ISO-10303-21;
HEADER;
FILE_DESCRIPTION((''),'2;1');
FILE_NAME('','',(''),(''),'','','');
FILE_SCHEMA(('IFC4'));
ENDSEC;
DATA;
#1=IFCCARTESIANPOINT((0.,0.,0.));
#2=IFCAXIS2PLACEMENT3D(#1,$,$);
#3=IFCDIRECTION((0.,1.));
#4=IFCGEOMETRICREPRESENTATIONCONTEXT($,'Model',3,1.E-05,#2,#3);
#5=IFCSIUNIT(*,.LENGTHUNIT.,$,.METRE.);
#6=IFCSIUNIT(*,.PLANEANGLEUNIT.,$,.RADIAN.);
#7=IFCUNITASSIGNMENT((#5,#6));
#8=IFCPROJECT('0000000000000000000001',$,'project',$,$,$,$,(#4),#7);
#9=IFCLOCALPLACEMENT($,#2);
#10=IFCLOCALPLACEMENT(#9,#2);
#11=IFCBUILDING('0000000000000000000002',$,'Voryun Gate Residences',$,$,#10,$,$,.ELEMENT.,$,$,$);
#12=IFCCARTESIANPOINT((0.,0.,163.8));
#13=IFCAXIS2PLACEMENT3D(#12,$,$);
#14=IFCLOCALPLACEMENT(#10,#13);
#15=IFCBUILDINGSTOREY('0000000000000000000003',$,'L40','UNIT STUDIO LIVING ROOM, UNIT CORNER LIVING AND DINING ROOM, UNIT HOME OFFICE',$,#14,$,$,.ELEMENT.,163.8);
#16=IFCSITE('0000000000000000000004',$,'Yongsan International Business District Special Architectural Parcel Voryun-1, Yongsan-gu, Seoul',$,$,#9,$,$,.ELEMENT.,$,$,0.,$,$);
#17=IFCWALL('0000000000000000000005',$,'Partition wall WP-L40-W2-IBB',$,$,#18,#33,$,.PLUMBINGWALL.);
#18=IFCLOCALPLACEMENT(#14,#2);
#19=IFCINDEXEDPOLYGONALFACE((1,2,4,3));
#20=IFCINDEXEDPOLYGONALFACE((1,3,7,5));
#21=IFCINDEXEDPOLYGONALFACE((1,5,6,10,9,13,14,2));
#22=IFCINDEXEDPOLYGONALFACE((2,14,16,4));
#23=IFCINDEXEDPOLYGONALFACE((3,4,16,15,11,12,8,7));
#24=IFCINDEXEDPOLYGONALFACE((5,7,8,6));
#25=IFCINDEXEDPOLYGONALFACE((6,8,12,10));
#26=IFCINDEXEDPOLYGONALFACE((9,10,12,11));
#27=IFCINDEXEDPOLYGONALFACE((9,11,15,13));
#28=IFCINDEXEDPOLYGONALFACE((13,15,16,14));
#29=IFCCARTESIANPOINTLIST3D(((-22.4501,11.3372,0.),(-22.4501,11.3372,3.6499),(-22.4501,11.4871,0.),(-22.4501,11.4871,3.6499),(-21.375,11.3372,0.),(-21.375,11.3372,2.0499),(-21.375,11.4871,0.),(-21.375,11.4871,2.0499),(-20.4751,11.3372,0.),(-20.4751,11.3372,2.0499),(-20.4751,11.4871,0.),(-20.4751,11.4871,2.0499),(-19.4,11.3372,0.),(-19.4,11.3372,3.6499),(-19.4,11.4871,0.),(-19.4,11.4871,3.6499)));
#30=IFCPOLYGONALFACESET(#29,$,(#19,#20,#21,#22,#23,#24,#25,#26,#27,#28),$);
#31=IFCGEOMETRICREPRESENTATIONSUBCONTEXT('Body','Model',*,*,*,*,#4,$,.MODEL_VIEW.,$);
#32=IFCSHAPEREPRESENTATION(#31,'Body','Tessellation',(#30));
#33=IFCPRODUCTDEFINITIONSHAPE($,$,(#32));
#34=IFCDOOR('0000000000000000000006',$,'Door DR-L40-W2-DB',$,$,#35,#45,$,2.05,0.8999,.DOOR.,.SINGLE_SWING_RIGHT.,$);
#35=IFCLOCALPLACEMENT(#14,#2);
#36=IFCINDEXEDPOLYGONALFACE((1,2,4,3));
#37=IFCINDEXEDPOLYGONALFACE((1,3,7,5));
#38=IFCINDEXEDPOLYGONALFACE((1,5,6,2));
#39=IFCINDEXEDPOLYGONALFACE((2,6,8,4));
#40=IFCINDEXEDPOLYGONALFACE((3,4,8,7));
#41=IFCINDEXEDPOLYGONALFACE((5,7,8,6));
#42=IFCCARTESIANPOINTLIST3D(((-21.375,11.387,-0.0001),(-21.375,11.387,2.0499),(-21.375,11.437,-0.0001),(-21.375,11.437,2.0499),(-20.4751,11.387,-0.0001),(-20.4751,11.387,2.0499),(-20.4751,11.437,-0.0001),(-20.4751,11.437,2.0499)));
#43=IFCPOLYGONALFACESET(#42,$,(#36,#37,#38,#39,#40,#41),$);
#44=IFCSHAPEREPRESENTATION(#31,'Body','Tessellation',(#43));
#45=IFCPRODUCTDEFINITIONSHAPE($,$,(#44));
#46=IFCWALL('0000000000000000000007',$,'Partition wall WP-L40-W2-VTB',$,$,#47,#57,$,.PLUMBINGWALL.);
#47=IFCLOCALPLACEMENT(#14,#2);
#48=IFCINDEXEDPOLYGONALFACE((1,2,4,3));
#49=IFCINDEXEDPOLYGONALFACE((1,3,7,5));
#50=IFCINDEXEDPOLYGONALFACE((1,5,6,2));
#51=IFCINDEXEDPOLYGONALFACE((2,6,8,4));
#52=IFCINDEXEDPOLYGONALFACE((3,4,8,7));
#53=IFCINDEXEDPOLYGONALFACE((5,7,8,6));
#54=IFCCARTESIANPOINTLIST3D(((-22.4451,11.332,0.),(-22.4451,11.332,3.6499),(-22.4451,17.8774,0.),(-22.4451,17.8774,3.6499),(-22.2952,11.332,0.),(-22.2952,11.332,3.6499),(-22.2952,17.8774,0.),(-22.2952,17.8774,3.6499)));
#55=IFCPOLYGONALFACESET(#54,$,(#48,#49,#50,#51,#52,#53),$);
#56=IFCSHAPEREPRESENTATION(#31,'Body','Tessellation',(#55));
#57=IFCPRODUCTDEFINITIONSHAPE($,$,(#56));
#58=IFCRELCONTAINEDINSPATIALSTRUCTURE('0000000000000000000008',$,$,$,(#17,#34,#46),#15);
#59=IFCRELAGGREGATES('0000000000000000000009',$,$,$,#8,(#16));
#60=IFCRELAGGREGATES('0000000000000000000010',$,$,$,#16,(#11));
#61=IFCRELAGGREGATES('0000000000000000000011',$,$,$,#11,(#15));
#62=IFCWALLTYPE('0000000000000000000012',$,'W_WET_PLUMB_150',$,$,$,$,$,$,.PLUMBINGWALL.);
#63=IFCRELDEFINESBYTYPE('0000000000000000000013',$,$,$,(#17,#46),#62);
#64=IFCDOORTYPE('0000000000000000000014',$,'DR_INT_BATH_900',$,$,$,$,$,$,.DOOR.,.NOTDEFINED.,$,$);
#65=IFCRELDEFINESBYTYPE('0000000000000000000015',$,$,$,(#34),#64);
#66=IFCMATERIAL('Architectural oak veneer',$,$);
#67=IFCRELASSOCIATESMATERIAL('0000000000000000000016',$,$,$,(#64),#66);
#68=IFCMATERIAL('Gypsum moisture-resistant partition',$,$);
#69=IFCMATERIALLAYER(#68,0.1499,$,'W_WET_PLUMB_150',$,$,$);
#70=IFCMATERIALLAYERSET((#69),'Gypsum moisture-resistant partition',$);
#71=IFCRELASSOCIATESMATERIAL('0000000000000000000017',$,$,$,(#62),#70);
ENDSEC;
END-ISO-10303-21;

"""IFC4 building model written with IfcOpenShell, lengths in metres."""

from ifc_helpers import new_model, si_unit, direction, frame, frame_2d, origin, place, context, subcontext, project, spatial, rectangle, extrude, material, layer, layer_set, type_object, element, fill, save


model = new_model("IFC4")

# Units and contexts
model_context = context("Model", 3, precision=1e-05, world=origin(), true_north=direction((0.0, 1.0)))
body_context = subcontext(model_context, "Body", "Model", "MODEL_VIEW")
ifc_project = project(units=[si_unit("LENGTHUNIT", "METRE"), si_unit("PLANEANGLEUNIT", "RADIAN")], contexts=[model_context])

# Site, building, storey
site_placement = place(None, origin())
site = spatial("IfcSite", under=ifc_project, at=site_placement, Name="Yongsan International Business District Special Architectural Parcel Voryun-1, Yongsan-gu, Seoul", CompositionType="ELEMENT", RefElevation=0.0)
building_placement = place(site_placement, origin())
building = spatial("IfcBuilding", under=site, at=building_placement, Name="Voryun Gate Residences", CompositionType="ELEMENT")
storey_placement = place(building_placement, frame((0.0, 0.0, 163.8)))
storey = spatial("IfcBuildingStorey", under=building, at=storey_placement, Name="L40", Description="UNIT STUDIO LIVING ROOM, UNIT CORNER LIVING AND DINING ROOM, UNIT HOME OFFICE", CompositionType="ELEMENT", Elevation=163.8)

# Shared definitions
ifc_material_1 = material(Name="Architectural oak veneer")
door_type_1 = type_object("IfcDoorType", Name="DR_INT_BATH_900", OperationType="NOTDEFINED", PredefinedType="DOOR", material=ifc_material_1)

# Shared definitions
ifc_material_2 = material(Name="Gypsum moisture-resistant partition")
ifc_layer_1 = layer(ifc_material_2, 0.1499, Name="W_WET_PLUMB_150")
ifc_layer_set_1 = layer_set([ifc_layer_1], Name="Gypsum moisture-resistant partition")
wall_type_1 = type_object("IfcWallType", Name="W_WET_PLUMB_150", PredefinedType="PLUMBINGWALL", material=ifc_layer_set_1)

# Wall, opening, door
wall_1_placement = place(storey_placement, frame((-22.45, 11.4121, 0.0), z_axis=(0.0, 0.0, 1.0), x_axis=(1.0, 0.0, 0.0)))
wall_1 = element("IfcWall", 1, at=wall_1_placement, inside=storey, type_object=wall_type_1, Name="Partition wall WP-L40-W2-IBB", PredefinedType="PLUMBINGWALL", context=body_context, shape_type="SweptSolid", body=[
    extrude(rectangle(XDim=3.05, YDim=0.1499, at=frame_2d((1.5249, 0.0))), origin(), (0.0, 0.0, 1.0), 3.6499),
])
opening_1_placement = place(wall_1_placement, frame((1.075, 0.0, 0.0)))
opening_1 = element("IfcOpeningElement", 2, at=opening_1_placement, cuts=wall_1, PredefinedType="OPENING", context=body_context, shape_type="SweptSolid", body=[
    extrude(rectangle(XDim=0.8999, YDim=2.05, at=frame_2d((0.45, 1.0249))), frame((0.0, 0.085, 0.0), z_axis=(0.0, -1.0, 0.0), x_axis=(1.0, 0.0, 0.0)), (0.0, 0.0, 1.0), 0.1699),
])
door_1_placement = place(opening_1_placement, origin())
door_1 = element("IfcDoor", 3, at=door_1_placement, inside=storey, type_object=door_type_1, Name="Door DR-L40-W2-DB", OperationType="SINGLE_SWING_RIGHT", OverallHeight=2.05, OverallWidth=0.8999, PredefinedType="DOOR", context=body_context, shape_type="SweptSolid", body=[
    extrude(rectangle(XDim=0.8999, YDim=2.05, at=frame_2d((0.45, 1.0249))), frame((0.0, 0.0249, 0.0), z_axis=(0.0, -1.0, 0.0), x_axis=(1.0, 0.0, 0.0)), (0.0, 0.0, 1.0), 0.05),
])
fill(opening_1, door_1)

# Wall
wall_2_placement = place(storey_placement, frame((-22.3701, 11.332, 0.0), z_axis=(0.0, 0.0, 1.0), x_axis=(0.0, 1.0, 0.0)))
element("IfcWall", 4, at=wall_2_placement, inside=storey, type_object=wall_type_1, Name="Partition wall WP-L40-W2-VTB", PredefinedType="PLUMBINGWALL", context=body_context, shape_type="SweptSolid", body=[
    extrude(rectangle(XDim=6.5454, YDim=0.1499, at=frame_2d((3.2727, 0.0))), origin(), (0.0, 0.0, 1.0), 3.6499),
])

save(model, "model.ifc")
